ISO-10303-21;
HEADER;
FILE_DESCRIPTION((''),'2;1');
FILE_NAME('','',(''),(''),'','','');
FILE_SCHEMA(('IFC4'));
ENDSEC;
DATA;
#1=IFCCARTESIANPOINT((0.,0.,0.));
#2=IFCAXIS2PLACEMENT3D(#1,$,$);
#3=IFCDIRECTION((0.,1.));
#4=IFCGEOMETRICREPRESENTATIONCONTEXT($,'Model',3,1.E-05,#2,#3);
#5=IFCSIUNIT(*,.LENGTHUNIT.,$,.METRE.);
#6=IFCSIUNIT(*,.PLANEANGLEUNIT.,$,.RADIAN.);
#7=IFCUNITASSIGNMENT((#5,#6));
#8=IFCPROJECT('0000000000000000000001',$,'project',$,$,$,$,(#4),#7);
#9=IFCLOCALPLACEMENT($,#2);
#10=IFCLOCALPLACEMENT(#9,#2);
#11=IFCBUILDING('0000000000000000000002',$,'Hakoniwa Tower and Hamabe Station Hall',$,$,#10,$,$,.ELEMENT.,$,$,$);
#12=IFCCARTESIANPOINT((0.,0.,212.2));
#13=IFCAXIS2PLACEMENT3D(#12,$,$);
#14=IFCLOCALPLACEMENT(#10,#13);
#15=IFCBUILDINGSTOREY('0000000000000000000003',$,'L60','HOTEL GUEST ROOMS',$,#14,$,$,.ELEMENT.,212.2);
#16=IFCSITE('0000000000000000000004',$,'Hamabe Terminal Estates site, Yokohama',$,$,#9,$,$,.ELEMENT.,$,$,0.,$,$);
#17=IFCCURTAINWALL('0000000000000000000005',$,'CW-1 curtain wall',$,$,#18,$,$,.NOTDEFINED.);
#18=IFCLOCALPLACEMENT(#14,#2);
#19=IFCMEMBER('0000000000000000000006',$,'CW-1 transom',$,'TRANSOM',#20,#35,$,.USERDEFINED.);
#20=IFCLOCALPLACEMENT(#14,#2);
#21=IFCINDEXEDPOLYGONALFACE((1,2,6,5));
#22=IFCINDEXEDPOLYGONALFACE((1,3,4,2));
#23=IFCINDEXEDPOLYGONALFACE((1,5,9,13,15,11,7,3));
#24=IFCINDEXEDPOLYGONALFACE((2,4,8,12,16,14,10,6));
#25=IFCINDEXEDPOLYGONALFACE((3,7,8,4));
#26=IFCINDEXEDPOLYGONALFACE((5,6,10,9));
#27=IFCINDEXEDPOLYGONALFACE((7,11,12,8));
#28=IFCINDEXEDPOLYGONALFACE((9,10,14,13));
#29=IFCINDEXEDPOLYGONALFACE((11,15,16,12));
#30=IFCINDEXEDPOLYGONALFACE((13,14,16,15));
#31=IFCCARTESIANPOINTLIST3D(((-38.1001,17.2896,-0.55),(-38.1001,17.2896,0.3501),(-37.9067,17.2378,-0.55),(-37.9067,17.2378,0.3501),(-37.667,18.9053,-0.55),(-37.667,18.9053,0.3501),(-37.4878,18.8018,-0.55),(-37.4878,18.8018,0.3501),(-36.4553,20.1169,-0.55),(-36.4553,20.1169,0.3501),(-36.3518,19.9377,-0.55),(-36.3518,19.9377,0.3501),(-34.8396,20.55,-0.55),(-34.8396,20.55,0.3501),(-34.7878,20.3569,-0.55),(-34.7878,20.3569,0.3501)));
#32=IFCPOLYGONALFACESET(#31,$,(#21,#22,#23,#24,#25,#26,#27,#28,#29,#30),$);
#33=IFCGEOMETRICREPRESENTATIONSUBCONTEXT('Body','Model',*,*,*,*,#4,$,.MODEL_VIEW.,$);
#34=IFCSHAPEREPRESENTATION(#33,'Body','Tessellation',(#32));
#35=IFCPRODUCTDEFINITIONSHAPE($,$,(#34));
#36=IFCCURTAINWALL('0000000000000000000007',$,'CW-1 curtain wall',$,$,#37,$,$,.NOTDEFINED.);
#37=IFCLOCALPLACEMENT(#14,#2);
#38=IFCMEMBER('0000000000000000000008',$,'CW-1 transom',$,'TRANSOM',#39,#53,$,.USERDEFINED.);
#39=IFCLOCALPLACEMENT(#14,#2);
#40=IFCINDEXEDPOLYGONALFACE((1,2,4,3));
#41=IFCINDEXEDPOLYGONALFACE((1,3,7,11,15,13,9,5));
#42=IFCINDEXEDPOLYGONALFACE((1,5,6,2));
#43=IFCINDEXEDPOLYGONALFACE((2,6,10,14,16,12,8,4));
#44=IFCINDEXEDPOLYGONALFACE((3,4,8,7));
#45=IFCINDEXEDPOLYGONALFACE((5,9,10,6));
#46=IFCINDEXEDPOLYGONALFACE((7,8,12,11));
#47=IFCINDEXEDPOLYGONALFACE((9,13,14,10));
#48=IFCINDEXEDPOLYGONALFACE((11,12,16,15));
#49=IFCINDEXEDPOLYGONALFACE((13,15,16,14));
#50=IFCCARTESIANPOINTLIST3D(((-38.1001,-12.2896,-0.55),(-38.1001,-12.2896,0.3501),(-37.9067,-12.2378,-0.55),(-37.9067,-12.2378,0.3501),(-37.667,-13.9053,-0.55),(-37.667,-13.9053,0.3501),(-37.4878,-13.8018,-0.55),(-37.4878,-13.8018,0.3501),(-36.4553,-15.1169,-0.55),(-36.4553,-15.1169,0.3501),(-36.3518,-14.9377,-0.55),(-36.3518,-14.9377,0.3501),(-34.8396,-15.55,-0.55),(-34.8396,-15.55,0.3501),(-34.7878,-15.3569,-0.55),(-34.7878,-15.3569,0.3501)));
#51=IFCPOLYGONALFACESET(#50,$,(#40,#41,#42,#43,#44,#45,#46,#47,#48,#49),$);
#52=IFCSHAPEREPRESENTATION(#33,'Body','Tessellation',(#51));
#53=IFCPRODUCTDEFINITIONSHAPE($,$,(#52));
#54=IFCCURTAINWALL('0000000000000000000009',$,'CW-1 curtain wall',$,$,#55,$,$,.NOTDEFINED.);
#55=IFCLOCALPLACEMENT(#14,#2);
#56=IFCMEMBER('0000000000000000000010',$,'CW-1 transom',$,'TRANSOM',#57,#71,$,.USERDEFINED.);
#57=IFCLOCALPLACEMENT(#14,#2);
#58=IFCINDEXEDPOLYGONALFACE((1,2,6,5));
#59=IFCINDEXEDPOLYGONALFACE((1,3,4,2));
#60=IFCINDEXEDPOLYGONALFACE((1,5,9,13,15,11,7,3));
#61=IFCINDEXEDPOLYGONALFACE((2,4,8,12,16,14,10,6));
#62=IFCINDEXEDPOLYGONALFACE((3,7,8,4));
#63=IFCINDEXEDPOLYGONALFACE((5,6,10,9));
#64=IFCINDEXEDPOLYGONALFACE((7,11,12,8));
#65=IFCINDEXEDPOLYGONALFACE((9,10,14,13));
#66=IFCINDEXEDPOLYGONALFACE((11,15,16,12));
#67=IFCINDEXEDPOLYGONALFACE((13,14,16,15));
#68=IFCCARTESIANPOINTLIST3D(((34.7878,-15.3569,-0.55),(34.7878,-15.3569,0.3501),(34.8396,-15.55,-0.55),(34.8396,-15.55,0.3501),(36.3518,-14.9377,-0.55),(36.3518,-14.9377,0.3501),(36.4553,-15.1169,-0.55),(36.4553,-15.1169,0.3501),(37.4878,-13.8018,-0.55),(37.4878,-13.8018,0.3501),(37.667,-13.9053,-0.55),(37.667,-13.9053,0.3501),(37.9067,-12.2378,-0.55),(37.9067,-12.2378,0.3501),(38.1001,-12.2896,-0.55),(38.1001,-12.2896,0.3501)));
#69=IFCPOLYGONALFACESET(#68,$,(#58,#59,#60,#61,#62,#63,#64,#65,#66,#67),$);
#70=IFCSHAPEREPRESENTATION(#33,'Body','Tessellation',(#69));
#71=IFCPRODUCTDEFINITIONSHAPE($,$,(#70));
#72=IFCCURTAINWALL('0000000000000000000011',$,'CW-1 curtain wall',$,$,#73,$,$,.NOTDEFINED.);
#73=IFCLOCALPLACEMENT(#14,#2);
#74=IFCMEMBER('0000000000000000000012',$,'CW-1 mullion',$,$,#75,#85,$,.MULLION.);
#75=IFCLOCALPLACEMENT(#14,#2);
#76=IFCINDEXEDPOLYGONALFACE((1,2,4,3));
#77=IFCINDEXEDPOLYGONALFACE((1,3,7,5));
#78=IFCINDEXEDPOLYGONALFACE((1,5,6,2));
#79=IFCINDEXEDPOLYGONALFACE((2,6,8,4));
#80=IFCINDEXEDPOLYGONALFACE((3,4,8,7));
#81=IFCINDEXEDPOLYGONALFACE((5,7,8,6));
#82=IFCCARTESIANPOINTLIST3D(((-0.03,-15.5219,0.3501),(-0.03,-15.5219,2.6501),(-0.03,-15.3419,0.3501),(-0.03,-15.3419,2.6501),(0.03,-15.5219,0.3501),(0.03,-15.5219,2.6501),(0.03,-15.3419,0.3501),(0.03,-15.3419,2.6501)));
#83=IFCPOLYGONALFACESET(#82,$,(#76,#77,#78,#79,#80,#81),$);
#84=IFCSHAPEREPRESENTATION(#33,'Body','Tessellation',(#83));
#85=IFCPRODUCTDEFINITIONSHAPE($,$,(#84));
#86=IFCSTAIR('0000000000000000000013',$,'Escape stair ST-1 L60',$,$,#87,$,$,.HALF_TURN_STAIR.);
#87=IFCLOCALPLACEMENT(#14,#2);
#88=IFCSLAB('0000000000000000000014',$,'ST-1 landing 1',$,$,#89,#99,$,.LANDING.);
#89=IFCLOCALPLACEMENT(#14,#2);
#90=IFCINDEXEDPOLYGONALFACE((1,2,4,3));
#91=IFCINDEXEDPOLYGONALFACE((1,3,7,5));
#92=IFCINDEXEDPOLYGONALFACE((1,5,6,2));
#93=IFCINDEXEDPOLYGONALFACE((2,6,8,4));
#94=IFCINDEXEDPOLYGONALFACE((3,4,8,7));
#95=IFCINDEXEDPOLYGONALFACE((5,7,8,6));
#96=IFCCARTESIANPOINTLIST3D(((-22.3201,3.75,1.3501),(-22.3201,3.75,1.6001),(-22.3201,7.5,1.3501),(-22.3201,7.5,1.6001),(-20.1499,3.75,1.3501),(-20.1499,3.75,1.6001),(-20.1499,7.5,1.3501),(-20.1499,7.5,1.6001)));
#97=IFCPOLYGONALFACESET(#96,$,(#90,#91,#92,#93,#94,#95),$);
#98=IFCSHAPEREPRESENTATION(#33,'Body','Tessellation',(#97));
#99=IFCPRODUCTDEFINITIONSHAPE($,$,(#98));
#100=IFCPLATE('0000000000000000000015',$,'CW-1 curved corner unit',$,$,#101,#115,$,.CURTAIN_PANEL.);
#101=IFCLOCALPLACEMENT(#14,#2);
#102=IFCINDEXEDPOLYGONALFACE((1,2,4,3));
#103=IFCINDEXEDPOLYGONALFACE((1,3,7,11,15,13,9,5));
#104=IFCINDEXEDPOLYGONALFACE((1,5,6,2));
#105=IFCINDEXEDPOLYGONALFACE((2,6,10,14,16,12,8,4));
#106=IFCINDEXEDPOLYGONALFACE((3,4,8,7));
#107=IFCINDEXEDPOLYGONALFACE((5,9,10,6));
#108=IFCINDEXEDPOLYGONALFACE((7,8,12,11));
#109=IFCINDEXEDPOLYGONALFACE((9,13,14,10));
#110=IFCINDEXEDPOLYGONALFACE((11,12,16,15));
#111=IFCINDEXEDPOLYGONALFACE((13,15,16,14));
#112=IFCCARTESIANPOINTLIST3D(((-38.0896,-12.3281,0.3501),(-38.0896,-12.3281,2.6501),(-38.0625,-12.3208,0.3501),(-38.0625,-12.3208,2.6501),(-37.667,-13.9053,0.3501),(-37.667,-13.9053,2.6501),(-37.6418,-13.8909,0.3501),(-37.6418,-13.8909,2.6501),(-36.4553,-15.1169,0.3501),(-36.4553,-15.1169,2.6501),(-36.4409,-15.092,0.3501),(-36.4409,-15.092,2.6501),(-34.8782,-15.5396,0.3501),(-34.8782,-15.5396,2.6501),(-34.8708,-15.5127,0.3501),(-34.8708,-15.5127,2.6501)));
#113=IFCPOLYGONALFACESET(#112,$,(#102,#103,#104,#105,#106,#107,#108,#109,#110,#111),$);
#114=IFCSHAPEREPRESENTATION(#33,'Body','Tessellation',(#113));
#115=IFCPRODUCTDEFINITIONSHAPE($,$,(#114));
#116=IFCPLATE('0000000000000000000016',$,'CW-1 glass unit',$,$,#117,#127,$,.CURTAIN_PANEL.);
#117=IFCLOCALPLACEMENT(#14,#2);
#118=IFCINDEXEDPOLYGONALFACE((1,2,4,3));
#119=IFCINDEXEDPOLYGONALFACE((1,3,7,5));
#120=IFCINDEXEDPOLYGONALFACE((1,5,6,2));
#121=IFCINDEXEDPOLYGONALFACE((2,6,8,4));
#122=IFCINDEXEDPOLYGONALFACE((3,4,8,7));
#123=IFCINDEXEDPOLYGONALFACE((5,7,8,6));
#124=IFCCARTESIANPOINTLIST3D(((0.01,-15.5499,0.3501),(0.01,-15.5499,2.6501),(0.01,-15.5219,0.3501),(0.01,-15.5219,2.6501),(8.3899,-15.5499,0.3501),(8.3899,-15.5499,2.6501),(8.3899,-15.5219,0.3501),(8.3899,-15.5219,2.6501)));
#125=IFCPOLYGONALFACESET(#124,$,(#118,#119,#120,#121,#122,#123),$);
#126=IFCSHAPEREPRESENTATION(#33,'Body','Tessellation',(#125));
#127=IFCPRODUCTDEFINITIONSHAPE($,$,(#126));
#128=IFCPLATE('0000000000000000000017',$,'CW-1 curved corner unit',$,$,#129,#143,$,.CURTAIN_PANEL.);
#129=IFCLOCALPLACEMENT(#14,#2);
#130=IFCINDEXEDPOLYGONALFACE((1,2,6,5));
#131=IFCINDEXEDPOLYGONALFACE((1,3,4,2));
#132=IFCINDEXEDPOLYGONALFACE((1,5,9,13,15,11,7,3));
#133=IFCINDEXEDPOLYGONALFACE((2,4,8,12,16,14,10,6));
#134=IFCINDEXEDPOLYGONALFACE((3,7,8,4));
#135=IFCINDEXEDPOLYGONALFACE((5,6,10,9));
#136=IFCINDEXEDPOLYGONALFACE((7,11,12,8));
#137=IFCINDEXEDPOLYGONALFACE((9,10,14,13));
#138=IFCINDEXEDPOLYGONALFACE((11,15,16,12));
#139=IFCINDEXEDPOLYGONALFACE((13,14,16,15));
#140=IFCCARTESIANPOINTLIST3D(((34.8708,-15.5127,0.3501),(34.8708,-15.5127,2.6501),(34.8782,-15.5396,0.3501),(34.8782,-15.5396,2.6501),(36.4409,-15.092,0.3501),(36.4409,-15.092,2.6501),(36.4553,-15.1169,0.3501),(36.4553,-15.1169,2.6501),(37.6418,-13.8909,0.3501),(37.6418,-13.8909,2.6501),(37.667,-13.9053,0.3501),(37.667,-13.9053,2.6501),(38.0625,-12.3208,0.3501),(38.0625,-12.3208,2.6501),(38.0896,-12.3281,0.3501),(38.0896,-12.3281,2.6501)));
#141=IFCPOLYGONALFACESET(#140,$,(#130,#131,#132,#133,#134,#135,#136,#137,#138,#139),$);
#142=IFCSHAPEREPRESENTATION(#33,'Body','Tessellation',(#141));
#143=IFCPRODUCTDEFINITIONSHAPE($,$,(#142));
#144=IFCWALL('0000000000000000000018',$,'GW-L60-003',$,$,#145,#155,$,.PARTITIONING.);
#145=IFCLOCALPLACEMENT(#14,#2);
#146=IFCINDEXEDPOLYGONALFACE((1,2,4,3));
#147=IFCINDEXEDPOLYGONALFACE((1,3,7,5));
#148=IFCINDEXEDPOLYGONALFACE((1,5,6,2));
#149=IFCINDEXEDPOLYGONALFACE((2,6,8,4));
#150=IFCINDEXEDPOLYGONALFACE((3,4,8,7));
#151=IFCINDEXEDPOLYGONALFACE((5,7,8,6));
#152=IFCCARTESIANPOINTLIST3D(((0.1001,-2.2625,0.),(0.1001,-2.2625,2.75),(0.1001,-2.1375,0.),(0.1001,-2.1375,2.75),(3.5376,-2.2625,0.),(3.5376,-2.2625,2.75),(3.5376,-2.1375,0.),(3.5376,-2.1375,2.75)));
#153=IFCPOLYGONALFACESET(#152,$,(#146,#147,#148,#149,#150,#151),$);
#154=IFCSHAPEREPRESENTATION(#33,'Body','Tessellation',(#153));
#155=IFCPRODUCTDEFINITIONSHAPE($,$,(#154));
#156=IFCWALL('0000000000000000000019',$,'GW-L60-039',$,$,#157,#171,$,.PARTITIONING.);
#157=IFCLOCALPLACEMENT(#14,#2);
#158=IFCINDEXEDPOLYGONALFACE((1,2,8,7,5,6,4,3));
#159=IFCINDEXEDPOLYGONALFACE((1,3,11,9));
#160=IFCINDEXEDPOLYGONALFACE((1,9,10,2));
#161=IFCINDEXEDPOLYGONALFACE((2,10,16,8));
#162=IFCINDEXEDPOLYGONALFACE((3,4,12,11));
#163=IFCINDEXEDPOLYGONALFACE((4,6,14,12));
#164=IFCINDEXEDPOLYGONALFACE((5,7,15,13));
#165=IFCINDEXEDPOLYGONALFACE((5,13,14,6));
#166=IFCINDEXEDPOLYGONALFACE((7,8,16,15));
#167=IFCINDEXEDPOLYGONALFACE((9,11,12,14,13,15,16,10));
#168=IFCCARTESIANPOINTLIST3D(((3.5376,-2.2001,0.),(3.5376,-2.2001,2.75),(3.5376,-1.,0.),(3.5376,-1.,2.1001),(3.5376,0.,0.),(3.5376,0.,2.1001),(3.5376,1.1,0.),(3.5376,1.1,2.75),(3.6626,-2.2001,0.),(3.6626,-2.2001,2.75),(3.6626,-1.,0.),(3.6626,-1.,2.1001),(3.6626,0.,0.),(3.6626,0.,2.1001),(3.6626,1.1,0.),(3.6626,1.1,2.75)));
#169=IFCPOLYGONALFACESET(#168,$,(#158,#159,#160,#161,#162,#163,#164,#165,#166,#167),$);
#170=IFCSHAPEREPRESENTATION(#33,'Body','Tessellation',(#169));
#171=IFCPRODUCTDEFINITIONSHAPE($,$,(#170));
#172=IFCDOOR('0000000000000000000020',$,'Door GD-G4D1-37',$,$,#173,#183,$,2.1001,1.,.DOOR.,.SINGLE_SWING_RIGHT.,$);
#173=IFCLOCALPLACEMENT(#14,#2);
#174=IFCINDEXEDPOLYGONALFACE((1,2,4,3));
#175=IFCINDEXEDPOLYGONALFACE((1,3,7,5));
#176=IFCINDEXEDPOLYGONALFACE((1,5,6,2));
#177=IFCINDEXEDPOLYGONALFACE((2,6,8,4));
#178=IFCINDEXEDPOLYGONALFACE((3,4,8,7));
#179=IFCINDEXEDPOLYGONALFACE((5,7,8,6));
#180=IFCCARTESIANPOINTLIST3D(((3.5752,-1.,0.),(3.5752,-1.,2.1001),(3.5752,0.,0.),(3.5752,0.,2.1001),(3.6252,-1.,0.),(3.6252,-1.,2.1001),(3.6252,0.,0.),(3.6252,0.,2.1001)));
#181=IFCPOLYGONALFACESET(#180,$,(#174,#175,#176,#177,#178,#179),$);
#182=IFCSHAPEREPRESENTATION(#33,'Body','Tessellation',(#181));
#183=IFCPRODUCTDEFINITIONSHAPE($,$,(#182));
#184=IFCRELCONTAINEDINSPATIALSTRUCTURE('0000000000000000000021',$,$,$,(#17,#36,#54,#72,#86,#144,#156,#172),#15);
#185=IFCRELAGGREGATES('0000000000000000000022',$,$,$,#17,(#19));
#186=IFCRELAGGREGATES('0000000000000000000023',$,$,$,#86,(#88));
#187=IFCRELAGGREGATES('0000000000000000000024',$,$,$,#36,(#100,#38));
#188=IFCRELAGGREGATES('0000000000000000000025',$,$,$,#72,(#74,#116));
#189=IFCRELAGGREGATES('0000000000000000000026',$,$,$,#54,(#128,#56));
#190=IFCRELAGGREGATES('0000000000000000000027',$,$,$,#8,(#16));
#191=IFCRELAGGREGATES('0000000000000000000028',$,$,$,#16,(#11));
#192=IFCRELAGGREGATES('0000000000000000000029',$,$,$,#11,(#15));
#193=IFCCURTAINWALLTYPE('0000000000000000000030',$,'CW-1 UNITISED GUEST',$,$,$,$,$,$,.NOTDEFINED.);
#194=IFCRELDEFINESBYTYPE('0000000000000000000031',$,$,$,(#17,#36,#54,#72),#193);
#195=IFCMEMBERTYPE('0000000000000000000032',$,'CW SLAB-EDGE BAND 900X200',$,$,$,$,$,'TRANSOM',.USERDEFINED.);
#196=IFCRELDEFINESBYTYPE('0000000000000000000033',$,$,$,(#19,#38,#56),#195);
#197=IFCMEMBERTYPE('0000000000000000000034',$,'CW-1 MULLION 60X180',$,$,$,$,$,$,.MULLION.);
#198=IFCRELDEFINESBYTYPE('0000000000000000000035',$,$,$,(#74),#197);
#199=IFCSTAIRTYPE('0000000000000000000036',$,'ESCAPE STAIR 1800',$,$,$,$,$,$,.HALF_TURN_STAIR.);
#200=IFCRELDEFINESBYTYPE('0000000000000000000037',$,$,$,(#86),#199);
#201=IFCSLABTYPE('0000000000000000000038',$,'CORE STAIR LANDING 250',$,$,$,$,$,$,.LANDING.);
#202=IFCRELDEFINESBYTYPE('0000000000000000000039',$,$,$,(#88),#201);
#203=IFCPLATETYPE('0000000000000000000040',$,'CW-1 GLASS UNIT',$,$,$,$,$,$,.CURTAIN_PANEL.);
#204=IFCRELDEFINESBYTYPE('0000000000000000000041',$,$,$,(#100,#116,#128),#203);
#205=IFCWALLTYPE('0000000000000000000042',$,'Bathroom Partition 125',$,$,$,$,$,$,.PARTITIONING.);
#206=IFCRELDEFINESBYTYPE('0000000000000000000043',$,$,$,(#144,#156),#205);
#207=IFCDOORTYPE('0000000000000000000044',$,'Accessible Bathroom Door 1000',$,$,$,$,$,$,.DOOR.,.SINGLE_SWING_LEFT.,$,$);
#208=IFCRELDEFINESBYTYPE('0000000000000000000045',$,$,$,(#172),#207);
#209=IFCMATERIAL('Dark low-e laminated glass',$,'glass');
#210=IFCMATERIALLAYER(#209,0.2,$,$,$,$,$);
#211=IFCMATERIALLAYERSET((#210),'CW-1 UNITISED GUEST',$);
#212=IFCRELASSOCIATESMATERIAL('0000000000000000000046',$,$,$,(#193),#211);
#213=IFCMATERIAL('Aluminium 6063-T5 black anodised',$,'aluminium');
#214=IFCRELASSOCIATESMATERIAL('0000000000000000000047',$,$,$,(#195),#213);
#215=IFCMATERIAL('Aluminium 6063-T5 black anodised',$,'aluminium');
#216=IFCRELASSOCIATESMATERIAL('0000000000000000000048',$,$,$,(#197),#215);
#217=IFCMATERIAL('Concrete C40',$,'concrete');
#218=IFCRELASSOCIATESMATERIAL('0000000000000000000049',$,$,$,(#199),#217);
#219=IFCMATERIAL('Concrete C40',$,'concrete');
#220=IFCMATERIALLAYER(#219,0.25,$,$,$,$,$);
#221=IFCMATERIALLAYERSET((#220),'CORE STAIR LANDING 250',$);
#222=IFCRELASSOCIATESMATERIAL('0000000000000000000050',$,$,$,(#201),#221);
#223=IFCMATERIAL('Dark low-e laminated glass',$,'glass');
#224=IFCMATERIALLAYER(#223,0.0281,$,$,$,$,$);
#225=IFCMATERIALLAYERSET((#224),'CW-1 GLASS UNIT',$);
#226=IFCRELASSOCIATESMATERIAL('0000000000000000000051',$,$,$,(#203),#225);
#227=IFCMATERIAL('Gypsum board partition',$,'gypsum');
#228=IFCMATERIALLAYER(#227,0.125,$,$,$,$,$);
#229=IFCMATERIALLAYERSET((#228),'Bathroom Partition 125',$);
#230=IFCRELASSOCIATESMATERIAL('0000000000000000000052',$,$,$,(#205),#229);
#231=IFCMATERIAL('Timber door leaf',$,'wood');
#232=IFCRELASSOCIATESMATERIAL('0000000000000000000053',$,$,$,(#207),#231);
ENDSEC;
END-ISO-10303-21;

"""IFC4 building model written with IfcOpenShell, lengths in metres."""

from ifc_helpers import new_model, si_unit, direction, frame, frame_2d, origin, origin_2d, place, context, subcontext, project, spatial, polyline, rectangle, outline, extrude, material, layer, layer_set, material_profile, profile_set, type_object, element, fill, aggregate, save


model = new_model("IFC4")

# Units and contexts
model_context = context("Model", 3, precision=1e-05, world=origin(), true_north=direction((0.0, 1.0)))
body_context = subcontext(model_context, "Body", "Model", "MODEL_VIEW")
ifc_project = project(units=[si_unit("LENGTHUNIT", "METRE"), si_unit("PLANEANGLEUNIT", "RADIAN")], contexts=[model_context])

# Site, building, storey
site_placement = place(None, origin())
site = spatial("IfcSite", under=ifc_project, at=site_placement, Name="Hamabe Terminal Estates site, Yokohama", CompositionType="ELEMENT", RefElevation=0.0)
building_placement = place(site_placement, origin())
building = spatial("IfcBuilding", under=site, at=building_placement, Name="Hakoniwa Tower and Hamabe Station Hall", CompositionType="ELEMENT")
storey_placement = place(building_placement, frame((0.0, 0.0, 212.2)))
storey = spatial("IfcBuildingStorey", under=building, at=storey_placement, Name="L60", Description="HOTEL GUEST ROOMS", CompositionType="ELEMENT", Elevation=212.2)

# Curtain walls, members
ifc_material_1 = material(Name="Dark low-e laminated glass", Category="glass")
ifc_layer_1 = layer(ifc_material_1, 0.2)
ifc_layer_set_1 = layer_set([ifc_layer_1], Name="CW-1 UNITISED GUEST")
curtain_wall_type = type_object("IfcCurtainWallType", Name="CW-1 UNITISED GUEST", PredefinedType="NOTDEFINED", material=ifc_layer_set_1)
curtain_wall_1_placement = place(storey_placement, origin())
curtain_wall_1 = element("IfcCurtainWall", 1, at=curtain_wall_1_placement, inside=storey, type_object=curtain_wall_type, Name="CW-1 curtain wall", PredefinedType="NOTDEFINED")
ifc_material_2 = material(Name="Aluminium 6063-T5 black anodised", Category="aluminium")
ifc_material_profile_1 = material_profile(ifc_material_2, rectangle(XDim=0.2, YDim=0.8999, at=origin_2d()), Name="CW SLAB-EDGE BAND 900X200")
ifc_profile_set_1 = profile_set([ifc_material_profile_1], Name="Aluminium 6063-T5 black anodised")
member_type_1 = type_object("IfcMemberType", Name="CW SLAB-EDGE BAND 900X200", ElementType="TRANSOM", PredefinedType="USERDEFINED", material=ifc_profile_set_1)
member_1_placement = place(storey_placement, frame((0.0, 0.0, -0.55)))
member_1 = element("IfcMember", 2, at=member_1_placement, type_object=member_type_1, Name="CW-1 transom", ObjectType="TRANSOM", PredefinedType="USERDEFINED", context=body_context, shape_type="SweptSolid", body=[
    extrude(outline(polyline([(-34.8396, 20.55), (-36.4553, 20.1169), (-37.667, 18.9053), (-38.1001, 17.2896), (-37.9067, 17.2378), (-37.4878, 18.8018), (-36.3518, 19.9377), (-34.7878, 20.3569), (-34.8396, 20.55)])), origin(), (0.0, 0.0, 1.0), 0.9001),
])
aggregate(curtain_wall_1, [member_1])
curtain_wall_2_placement = place(storey_placement, origin())
curtain_wall_2 = element("IfcCurtainWall", 3, at=curtain_wall_2_placement, inside=storey, type_object=curtain_wall_type, Name="CW-1 curtain wall", PredefinedType="NOTDEFINED")
member_2_placement = place(storey_placement, frame((0.0, 0.0, -0.55)))
member_2 = element("IfcMember", 4, at=member_2_placement, type_object=member_type_1, Name="CW-1 transom", ObjectType="TRANSOM", PredefinedType="USERDEFINED", context=body_context, shape_type="SweptSolid", body=[
    extrude(outline(polyline([(-38.1001, -12.2896), (-37.667, -13.9053), (-36.4553, -15.1169), (-34.8396, -15.55), (-34.7878, -15.3569), (-36.3518, -14.9377), (-37.4878, -13.8018), (-37.9067, -12.2378), (-38.1001, -12.2896)])), origin(), (0.0, 0.0, 1.0), 0.9001),
])
curtain_wall_3_placement = place(storey_placement, origin())
curtain_wall_3 = element("IfcCurtainWall", 5, at=curtain_wall_3_placement, inside=storey, type_object=curtain_wall_type, Name="CW-1 curtain wall", PredefinedType="NOTDEFINED")
member_3_placement = place(storey_placement, frame((0.0, 0.0, -0.55)))
member_3 = element("IfcMember", 6, at=member_3_placement, type_object=member_type_1, Name="CW-1 transom", ObjectType="TRANSOM", PredefinedType="USERDEFINED", context=body_context, shape_type="SweptSolid", body=[
    extrude(outline(polyline([(34.8396, -15.55), (36.4553, -15.1169), (37.667, -13.9053), (38.1001, -12.2896), (37.9067, -12.2378), (37.4878, -13.8018), (36.3518, -14.9377), (34.7878, -15.3569), (34.8396, -15.55)])), origin(), (0.0, 0.0, 1.0), 0.9001),
])
curtain_wall_4_placement = place(storey_placement, origin())
curtain_wall_4 = element("IfcCurtainWall", 7, at=curtain_wall_4_placement, inside=storey, type_object=curtain_wall_type, Name="CW-1 curtain wall", PredefinedType="NOTDEFINED")
ifc_material_3 = material(Name="Aluminium 6063-T5 black anodised", Category="aluminium")
ifc_material_profile_2 = material_profile(ifc_material_3, rectangle(XDim=0.0601, YDim=0.1799, at=origin_2d()), Name="CW-1 MULLION 60X180")
ifc_profile_set_2 = profile_set([ifc_material_profile_2], Name="Aluminium 6063-T5 black anodised")
member_type_2 = type_object("IfcMemberType", Name="CW-1 MULLION 60X180", PredefinedType="MULLION", material=ifc_profile_set_2)
member_4_placement = place(storey_placement, frame((0.0, -15.4319, 0.3501), z_axis=(0.0, 0.0, 1.0), x_axis=(1.0, 0.0, 0.0)))
member_4 = element("IfcMember", 8, at=member_4_placement, type_object=member_type_2, Name="CW-1 mullion", PredefinedType="MULLION", context=body_context, shape_type="SweptSolid", body=[
    extrude(rectangle(XDim=0.0601, YDim=0.1799, at=origin_2d()), origin(), (0.0, 0.0, 1.0), 2.3),
])

# Stair, slab
ifc_material_4 = material(Name="Concrete C40", Category="concrete")
stair_type = type_object("IfcStairType", Name="ESCAPE STAIR 1800", PredefinedType="HALF_TURN_STAIR", material=ifc_material_4)
stair_placement = place(storey_placement, origin())
stair = element("IfcStair", 9, at=stair_placement, inside=storey, type_object=stair_type, Name="Escape stair ST-1 L60", PredefinedType="HALF_TURN_STAIR")
ifc_material_5 = material(Name="Concrete C40", Category="concrete")
ifc_layer_2 = layer(ifc_material_5, 0.25)
ifc_layer_set_2 = layer_set([ifc_layer_2], Name="CORE STAIR LANDING 250")
slab_type = type_object("IfcSlabType", Name="CORE STAIR LANDING 250", PredefinedType="LANDING", material=ifc_layer_set_2)
slab_placement = place(storey_placement, frame((0.0, 0.0, 1.3501)))
slab = element("IfcSlab", 10, at=slab_placement, type_object=slab_type, Name="ST-1 landing 1", PredefinedType="LANDING", context=body_context, shape_type="SweptSolid", body=[
    extrude(outline(polyline([(-22.3201, 3.75), (-20.1499, 3.75), (-20.1499, 7.5), (-22.3201, 7.5), (-22.3201, 3.75)])), origin(), (0.0, 0.0, 1.0), 0.25),
])
aggregate(stair, [slab])

# Plates
ifc_material_6 = material(Name="Dark low-e laminated glass", Category="glass")
ifc_layer_3 = layer(ifc_material_6, 0.0281)
ifc_layer_set_3 = layer_set([ifc_layer_3], Name="CW-1 GLASS UNIT")
plate_type = type_object("IfcPlateType", Name="CW-1 GLASS UNIT", PredefinedType="CURTAIN_PANEL", material=ifc_layer_set_3)
plate_1_placement = place(storey_placement, frame((0.0, 0.0, 0.3501)))
plate_1 = element("IfcPlate", 11, at=plate_1_placement, type_object=plate_type, Name="CW-1 curved corner unit", PredefinedType="CURTAIN_PANEL", context=body_context, shape_type="SweptSolid", body=[
    extrude(outline(polyline([(-38.0896, -12.3281), (-37.667, -13.9053), (-36.4553, -15.1169), (-34.8782, -15.5396), (-34.8708, -15.5127), (-36.4409, -15.092), (-37.6418, -13.8909), (-38.0625, -12.3208), (-38.0896, -12.3281)])), origin(), (0.0, 0.0, 1.0), 2.3),
])
aggregate(curtain_wall_2, [plate_1, member_2])
plate_2_placement = place(storey_placement, frame((4.2, -15.5359, 0.3501), z_axis=(0.0, 0.0, 1.0), x_axis=(1.0, 0.0, 0.0)))
plate_2 = element("IfcPlate", 12, at=plate_2_placement, type_object=plate_type, Name="CW-1 glass unit", PredefinedType="CURTAIN_PANEL", context=body_context, shape_type="SweptSolid", body=[
    extrude(rectangle(XDim=8.3799, YDim=0.0281, at=origin_2d()), origin(), (0.0, 0.0, 1.0), 2.3),
])
aggregate(curtain_wall_4, [member_4, plate_2])
plate_3_placement = place(storey_placement, frame((0.0, 0.0, 0.3501)))
plate_3 = element("IfcPlate", 13, at=plate_3_placement, type_object=plate_type, Name="CW-1 curved corner unit", PredefinedType="CURTAIN_PANEL", context=body_context, shape_type="SweptSolid", body=[
    extrude(outline(polyline([(34.8782, -15.5396), (36.4553, -15.1169), (37.667, -13.9053), (38.0896, -12.3281), (38.0625, -12.3208), (37.6418, -13.8909), (36.4409, -15.092), (34.8708, -15.5127), (34.8782, -15.5396)])), origin(), (0.0, 0.0, 1.0), 2.3),
])
aggregate(curtain_wall_3, [plate_3, member_3])

# Wall
ifc_material_7 = material(Name="Gypsum board partition", Category="gypsum")
ifc_layer_4 = layer(ifc_material_7, 0.125)
ifc_layer_set_4 = layer_set([ifc_layer_4], Name="Bathroom Partition 125")
wall_type_1 = type_object("IfcWallType", Name="Bathroom Partition 125", PredefinedType="PARTITIONING", material=ifc_layer_set_4)
wall_1_placement = place(storey_placement, frame((0.1001, -2.2, 0.0), z_axis=(0.0, 0.0, 1.0), x_axis=(1.0, 0.0, 0.0)))
element("IfcWall", 14, at=wall_1_placement, inside=storey, type_object=wall_type_1, Name="GW-L60-003", PredefinedType="PARTITIONING", context=body_context, shape_type="SweptSolid", body=[
    extrude(rectangle(XDim=3.4375, YDim=0.125, at=frame_2d((1.7188, 0.0))), origin(), (0.0, 0.0, 1.0), 2.75),
])

# Wall, opening, door
wall_2_placement = place(storey_placement, frame((3.6001, -2.2, 0.0), z_axis=(0.0, 0.0, 1.0), x_axis=(0.0, 1.0, 0.0)))
wall_2 = element("IfcWall", 15, at=wall_2_placement, inside=storey, type_object=wall_type_1, Name="GW-L60-039", PredefinedType="PARTITIONING", context=body_context, shape_type="SweptSolid", body=[
    extrude(rectangle(XDim=3.3, YDim=0.125, at=frame_2d((1.6499, 0.0))), origin(), (0.0, 0.0, 1.0), 2.75),
])
opening_placement = place(wall_2_placement, frame((1.2, 0.0, 0.0)))
opening = element("IfcOpeningElement", 16, at=opening_placement, cuts=wall_2, PredefinedType="OPENING", context=body_context, shape_type="SweptSolid", body=[
    extrude(rectangle(XDim=1.0, YDim=2.1001, at=frame_2d((0.5, 1.05))), frame((0.0, 0.0725, 0.0), z_axis=(0.0, -1.0, 0.0), x_axis=(1.0, 0.0, 0.0)), (0.0, 0.0, 1.0), 0.145),
])
ifc_material_8 = material(Name="Timber door leaf", Category="wood")
door_type = type_object("IfcDoorType", Name="Accessible Bathroom Door 1000", OperationType="SINGLE_SWING_LEFT", PredefinedType="DOOR", material=ifc_material_8)
door_placement = place(opening_placement, origin())
door = element("IfcDoor", 17, at=door_placement, inside=storey, type_object=door_type, Name="Door GD-G4D1-37", OperationType="SINGLE_SWING_RIGHT", OverallHeight=2.1001, OverallWidth=1.0, PredefinedType="DOOR", context=body_context, shape_type="SweptSolid", body=[
    extrude(rectangle(XDim=1.0, YDim=2.1001, at=frame_2d((0.5, 1.05))), frame((0.0, 0.0249, 0.0), z_axis=(0.0, -1.0, 0.0), x_axis=(1.0, 0.0, 0.0)), (0.0, 0.0, 1.0), 0.05),
])
fill(opening, door)

save(model, "model.ifc")
